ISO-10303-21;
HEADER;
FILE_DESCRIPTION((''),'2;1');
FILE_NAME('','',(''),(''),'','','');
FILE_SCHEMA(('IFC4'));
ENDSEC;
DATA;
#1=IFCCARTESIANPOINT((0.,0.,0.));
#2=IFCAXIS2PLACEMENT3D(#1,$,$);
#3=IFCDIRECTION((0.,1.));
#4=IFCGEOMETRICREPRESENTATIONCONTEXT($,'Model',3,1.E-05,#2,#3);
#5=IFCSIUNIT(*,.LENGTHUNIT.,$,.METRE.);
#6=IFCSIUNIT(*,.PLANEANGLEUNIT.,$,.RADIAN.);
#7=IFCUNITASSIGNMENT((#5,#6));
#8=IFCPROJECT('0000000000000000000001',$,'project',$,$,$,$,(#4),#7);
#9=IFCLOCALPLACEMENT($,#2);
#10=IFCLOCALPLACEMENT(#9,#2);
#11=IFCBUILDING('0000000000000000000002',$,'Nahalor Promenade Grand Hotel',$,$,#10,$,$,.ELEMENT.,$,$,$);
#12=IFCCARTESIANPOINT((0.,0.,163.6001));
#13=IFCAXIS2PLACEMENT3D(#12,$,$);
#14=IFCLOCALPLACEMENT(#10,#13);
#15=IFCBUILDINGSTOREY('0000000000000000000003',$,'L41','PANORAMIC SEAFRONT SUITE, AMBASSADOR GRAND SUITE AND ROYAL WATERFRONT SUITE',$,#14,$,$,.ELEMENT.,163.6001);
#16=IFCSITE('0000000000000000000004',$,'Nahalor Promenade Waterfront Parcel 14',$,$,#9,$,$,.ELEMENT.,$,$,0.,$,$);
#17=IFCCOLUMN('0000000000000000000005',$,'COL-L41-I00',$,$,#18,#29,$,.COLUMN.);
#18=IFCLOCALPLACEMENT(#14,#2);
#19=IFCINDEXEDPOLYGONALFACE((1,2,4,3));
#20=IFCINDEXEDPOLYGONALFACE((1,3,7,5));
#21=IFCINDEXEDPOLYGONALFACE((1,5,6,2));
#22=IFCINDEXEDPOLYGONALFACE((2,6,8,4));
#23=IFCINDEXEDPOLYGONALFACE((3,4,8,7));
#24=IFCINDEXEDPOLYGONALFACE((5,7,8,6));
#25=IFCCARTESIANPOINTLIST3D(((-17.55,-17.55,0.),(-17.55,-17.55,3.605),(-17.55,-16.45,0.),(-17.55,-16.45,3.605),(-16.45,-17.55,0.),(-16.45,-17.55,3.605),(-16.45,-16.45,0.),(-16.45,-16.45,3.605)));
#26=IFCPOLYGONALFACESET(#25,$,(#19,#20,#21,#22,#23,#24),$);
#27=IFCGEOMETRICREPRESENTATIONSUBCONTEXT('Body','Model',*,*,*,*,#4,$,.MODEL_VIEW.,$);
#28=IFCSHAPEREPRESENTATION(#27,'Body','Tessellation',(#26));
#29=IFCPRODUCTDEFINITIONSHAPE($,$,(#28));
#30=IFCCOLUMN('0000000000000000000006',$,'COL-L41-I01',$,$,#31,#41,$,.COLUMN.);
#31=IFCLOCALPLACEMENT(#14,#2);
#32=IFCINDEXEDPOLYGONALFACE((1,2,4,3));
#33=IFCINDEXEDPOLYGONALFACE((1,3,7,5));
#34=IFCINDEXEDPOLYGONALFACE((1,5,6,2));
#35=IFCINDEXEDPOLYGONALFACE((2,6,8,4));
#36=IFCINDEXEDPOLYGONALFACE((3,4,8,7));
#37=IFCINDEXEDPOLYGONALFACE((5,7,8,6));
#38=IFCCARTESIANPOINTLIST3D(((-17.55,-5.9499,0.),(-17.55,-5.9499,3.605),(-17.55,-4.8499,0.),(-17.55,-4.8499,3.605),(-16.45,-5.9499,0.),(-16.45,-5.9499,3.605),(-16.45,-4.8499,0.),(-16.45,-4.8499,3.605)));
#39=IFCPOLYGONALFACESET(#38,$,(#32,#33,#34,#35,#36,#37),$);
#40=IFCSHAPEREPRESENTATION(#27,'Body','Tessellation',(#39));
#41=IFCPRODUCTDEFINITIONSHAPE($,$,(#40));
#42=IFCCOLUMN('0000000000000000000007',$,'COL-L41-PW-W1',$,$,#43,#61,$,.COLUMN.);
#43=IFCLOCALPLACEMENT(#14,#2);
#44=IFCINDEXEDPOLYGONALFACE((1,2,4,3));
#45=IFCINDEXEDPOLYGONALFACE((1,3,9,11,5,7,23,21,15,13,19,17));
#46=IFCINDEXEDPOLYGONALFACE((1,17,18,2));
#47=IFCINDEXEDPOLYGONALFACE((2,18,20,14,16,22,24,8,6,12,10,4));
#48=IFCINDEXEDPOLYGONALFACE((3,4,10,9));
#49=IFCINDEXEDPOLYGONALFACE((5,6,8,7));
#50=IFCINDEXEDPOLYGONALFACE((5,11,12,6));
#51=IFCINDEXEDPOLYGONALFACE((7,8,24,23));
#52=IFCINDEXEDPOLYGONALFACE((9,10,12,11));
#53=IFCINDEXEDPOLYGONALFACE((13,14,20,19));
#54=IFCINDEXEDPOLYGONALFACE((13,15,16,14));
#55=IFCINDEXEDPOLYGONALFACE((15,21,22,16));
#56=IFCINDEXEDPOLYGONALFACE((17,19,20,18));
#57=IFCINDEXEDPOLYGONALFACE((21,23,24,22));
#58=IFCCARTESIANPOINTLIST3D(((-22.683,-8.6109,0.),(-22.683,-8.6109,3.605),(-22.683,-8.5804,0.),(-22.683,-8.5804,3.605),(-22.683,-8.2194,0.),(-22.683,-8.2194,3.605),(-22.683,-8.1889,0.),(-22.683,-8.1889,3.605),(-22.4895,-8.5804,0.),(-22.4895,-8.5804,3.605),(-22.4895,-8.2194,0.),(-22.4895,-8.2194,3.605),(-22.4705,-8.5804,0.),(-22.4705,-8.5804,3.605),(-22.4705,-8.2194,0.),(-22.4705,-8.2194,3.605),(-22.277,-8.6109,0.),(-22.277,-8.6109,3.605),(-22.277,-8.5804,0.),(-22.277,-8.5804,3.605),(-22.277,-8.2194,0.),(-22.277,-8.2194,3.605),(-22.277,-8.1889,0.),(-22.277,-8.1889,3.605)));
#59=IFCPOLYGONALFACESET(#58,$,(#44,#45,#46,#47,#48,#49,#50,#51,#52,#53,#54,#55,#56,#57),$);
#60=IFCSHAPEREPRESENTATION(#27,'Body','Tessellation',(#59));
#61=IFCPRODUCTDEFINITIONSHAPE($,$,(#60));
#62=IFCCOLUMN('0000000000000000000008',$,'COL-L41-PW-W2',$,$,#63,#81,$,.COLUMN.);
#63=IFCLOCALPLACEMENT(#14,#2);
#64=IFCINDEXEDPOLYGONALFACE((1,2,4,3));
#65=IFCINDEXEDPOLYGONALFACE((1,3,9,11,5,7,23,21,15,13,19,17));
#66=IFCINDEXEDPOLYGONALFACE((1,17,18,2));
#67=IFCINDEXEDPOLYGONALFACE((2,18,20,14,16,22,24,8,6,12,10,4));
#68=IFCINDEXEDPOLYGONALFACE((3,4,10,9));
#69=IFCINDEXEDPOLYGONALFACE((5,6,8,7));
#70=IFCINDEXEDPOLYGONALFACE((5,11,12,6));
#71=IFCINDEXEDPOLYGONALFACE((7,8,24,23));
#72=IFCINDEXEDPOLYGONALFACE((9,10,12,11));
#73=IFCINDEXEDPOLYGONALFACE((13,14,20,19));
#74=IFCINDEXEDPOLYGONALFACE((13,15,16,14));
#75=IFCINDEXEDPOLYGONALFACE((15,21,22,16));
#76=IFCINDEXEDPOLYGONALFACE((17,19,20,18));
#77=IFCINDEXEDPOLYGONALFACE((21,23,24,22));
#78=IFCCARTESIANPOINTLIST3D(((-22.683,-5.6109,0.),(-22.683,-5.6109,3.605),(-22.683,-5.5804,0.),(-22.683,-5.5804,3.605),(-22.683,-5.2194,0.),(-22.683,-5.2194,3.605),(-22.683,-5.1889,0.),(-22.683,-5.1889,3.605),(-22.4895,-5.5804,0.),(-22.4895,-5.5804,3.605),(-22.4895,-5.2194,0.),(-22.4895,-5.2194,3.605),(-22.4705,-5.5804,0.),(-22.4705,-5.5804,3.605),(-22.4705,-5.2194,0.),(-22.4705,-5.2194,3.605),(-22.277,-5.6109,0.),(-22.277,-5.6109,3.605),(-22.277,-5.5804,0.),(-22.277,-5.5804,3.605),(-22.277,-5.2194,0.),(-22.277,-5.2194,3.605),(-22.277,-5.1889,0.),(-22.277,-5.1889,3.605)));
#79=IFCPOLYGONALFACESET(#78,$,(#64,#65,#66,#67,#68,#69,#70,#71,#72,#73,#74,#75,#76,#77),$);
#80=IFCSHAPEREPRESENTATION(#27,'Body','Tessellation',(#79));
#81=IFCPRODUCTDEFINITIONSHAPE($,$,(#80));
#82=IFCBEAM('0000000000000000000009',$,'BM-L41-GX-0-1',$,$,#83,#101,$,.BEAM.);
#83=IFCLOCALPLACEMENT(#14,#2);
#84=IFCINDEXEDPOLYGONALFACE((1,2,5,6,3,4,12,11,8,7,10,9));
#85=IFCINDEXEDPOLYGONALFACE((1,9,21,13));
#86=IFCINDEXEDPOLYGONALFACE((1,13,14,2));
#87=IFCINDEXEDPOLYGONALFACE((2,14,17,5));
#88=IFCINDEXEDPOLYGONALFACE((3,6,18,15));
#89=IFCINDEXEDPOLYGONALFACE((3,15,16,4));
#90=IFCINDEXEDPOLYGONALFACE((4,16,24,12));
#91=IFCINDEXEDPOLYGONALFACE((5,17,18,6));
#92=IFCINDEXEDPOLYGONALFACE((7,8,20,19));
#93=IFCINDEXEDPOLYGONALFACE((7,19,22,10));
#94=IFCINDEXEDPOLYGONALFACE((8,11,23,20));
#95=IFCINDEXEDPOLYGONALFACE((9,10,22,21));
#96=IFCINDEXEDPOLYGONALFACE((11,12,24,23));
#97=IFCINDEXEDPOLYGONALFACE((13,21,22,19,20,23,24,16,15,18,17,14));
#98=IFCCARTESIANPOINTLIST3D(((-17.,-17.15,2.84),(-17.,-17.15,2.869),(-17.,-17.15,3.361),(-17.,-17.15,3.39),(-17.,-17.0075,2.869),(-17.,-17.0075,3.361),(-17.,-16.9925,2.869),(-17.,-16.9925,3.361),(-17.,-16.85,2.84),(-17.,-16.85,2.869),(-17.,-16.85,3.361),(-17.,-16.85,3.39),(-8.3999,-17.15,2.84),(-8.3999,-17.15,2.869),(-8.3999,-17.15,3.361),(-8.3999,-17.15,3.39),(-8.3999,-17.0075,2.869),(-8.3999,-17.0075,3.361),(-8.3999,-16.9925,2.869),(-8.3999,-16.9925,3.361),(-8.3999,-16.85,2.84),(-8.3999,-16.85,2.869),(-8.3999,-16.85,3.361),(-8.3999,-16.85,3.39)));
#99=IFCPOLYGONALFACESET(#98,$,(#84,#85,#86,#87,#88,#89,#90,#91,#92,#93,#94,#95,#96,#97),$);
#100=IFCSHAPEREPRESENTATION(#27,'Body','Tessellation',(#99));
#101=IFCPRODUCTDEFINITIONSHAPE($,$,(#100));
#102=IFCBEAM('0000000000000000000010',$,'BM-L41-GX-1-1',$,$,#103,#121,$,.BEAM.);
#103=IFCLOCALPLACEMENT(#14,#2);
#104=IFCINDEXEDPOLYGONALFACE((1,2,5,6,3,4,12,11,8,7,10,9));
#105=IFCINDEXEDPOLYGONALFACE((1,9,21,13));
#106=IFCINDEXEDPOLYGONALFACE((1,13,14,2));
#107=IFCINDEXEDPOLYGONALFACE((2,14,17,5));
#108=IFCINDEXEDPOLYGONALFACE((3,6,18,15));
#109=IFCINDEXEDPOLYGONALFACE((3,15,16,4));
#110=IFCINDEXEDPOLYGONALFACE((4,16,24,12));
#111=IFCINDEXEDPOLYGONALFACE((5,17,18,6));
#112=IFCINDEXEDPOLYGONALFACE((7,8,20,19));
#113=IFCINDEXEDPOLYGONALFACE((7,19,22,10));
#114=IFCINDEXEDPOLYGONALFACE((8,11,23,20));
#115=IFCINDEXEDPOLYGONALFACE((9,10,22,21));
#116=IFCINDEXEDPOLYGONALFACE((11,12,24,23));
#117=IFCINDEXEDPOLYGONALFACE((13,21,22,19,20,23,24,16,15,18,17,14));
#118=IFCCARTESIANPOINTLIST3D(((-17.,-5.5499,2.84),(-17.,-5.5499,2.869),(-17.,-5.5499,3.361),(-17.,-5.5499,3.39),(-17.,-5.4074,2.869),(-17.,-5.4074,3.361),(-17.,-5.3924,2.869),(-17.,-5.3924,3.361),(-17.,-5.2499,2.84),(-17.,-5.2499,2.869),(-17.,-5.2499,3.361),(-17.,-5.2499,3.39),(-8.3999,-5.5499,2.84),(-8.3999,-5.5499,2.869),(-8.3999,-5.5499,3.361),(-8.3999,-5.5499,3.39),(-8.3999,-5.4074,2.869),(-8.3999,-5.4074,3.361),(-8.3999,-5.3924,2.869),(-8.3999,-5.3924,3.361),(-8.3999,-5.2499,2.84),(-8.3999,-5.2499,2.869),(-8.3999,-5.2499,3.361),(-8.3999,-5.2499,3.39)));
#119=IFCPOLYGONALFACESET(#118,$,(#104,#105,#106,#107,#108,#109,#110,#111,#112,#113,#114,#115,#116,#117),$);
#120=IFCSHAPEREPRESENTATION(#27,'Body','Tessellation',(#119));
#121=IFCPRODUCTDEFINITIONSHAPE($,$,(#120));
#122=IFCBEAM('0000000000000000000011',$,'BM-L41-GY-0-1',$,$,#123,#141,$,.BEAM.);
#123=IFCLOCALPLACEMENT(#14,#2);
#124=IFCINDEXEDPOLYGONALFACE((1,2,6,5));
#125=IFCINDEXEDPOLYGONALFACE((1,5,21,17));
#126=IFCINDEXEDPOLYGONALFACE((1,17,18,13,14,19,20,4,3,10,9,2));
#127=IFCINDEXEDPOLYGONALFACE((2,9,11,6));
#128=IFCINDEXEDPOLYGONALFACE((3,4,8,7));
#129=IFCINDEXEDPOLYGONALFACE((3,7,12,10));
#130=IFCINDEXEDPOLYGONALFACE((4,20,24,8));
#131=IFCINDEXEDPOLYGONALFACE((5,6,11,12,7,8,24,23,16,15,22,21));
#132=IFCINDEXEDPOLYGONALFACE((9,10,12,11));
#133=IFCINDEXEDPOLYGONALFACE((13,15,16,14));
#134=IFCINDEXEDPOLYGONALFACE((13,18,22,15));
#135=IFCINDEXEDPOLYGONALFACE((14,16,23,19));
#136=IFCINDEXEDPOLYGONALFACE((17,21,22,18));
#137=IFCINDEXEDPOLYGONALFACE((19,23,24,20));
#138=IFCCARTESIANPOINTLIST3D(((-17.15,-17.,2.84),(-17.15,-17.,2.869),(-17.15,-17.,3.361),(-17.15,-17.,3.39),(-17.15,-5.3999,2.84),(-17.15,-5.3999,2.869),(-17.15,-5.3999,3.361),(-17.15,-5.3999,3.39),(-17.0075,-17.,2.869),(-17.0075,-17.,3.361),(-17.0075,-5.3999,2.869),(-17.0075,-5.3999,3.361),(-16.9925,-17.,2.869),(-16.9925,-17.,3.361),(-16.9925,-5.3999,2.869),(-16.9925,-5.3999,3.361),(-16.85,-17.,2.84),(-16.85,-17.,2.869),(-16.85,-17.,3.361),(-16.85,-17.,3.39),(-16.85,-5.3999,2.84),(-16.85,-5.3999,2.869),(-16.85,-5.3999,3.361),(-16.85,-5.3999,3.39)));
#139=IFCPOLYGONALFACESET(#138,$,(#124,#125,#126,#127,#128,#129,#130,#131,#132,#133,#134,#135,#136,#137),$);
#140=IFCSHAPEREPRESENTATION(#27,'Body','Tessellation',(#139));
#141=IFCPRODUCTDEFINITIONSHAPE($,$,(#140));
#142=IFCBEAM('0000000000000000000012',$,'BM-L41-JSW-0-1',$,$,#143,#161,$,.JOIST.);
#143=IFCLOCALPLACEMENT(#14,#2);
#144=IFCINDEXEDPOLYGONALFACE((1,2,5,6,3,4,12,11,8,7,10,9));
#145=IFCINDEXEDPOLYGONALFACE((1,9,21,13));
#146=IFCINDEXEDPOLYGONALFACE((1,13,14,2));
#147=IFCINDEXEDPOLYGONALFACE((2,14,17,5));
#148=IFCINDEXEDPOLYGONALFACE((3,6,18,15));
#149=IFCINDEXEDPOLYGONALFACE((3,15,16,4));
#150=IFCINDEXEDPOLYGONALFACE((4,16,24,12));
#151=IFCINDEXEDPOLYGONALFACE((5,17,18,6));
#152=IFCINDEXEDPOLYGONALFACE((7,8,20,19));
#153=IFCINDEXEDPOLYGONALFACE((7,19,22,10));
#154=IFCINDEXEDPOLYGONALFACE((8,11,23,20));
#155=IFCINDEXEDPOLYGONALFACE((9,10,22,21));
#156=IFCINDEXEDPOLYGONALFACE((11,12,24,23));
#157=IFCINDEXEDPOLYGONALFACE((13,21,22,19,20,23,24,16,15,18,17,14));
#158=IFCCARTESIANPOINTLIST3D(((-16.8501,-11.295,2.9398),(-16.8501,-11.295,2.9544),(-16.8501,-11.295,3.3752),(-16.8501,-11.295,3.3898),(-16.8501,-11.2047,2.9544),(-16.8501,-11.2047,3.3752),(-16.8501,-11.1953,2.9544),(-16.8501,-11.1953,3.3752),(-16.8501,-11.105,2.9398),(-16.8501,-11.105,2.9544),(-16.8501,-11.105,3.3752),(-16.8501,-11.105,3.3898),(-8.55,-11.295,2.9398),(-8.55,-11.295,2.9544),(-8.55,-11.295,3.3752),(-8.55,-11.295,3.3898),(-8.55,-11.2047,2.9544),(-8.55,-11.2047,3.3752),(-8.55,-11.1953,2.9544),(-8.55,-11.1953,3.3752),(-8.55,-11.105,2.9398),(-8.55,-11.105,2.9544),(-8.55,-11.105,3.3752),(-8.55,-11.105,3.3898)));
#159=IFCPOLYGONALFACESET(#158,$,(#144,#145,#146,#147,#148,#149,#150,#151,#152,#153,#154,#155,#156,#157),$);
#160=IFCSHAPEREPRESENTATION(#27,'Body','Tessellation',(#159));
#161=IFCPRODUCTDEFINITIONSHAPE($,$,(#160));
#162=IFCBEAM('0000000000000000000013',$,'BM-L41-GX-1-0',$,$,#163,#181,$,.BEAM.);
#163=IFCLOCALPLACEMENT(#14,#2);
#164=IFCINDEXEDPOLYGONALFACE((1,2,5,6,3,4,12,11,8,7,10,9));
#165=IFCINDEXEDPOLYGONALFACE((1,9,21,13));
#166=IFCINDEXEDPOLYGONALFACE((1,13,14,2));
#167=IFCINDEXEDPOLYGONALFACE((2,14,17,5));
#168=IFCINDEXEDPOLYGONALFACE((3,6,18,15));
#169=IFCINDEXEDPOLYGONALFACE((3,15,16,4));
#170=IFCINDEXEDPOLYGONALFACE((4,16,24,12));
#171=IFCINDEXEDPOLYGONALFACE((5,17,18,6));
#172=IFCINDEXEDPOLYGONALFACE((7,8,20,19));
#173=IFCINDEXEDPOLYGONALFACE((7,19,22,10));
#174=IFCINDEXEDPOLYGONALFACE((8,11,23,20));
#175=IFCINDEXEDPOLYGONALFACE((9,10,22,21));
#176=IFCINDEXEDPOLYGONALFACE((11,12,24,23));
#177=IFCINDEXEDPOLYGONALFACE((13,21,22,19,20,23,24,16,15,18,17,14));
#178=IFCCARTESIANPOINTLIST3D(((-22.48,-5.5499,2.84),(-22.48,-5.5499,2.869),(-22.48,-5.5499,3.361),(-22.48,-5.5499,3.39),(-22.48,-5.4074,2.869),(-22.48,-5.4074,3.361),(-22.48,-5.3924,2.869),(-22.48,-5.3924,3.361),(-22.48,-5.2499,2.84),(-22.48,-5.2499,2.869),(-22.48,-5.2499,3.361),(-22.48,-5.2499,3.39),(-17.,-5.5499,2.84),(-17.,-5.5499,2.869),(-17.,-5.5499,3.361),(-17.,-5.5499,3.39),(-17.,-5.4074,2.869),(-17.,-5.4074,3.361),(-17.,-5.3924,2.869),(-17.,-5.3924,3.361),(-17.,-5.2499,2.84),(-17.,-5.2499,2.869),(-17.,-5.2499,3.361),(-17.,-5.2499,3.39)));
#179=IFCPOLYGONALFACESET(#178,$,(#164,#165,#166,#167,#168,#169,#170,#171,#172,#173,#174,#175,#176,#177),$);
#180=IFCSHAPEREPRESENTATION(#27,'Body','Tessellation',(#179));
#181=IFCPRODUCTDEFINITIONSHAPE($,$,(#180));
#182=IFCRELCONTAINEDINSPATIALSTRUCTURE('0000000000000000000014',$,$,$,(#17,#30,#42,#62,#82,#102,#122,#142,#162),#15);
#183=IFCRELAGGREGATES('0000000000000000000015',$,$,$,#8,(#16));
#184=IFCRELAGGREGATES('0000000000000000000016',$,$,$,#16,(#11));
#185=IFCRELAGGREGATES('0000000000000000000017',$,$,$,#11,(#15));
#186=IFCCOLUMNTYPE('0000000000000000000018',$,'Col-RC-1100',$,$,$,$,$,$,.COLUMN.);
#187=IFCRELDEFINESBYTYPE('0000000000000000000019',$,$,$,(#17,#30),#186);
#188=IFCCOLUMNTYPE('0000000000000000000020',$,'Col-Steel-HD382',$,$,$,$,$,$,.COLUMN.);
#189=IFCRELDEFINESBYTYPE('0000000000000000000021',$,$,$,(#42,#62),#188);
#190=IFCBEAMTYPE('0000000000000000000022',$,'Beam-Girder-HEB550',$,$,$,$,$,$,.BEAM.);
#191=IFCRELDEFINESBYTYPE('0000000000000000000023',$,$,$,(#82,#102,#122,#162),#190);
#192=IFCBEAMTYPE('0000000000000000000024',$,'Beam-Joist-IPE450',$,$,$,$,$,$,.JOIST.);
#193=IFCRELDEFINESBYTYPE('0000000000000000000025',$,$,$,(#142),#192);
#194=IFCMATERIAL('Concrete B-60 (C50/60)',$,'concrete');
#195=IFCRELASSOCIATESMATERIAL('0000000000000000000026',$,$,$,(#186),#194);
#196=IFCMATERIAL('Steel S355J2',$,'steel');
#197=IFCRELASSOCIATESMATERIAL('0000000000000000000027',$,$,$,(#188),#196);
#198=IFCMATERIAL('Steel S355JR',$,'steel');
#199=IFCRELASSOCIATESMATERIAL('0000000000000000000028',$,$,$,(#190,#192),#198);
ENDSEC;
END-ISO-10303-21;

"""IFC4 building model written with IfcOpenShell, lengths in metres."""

from ifc_helpers import new_model, si_unit, direction, frame, origin, origin_2d, place, context, subcontext, project, spatial, rectangle, i_section, extrude, source, transform, mapped, material, material_profile, profile_set, type_object, element, save


model = new_model("IFC4")

# Units and contexts
model_context = context("Model", 3, precision=1e-05, world=origin(), true_north=direction((0.0, 1.0)))
body_context = subcontext(model_context, "Body", "Model", "MODEL_VIEW")
ifc_project = project(units=[si_unit("LENGTHUNIT", "METRE"), si_unit("PLANEANGLEUNIT", "RADIAN")], contexts=[model_context])

# Site, building, storey
site_placement = place(None, origin())
site = spatial("IfcSite", under=ifc_project, at=site_placement, Name="Nahalor Promenade Waterfront Parcel 14", CompositionType="ELEMENT", RefElevation=0.0)
building_placement = place(site_placement, origin())
building = spatial("IfcBuilding", under=site, at=building_placement, Name="Nahalor Promenade Grand Hotel", CompositionType="ELEMENT")
storey_placement = place(building_placement, frame((0.0, 0.0, 163.6001)))
storey = spatial("IfcBuildingStorey", under=building, at=storey_placement, Name="L41", Description="PANORAMIC SEAFRONT SUITE, AMBASSADOR GRAND SUITE AND ROYAL WATERFRONT SUITE", CompositionType="ELEMENT", Elevation=163.6001)

# Columns
ifc_material_1 = material(Name="Concrete B-60 (C50/60)", Category="concrete")
ifc_material_profile_1 = material_profile(ifc_material_1, rectangle(XDim=1.1, YDim=1.1, at=origin_2d()), Name="RC 1100x1100")
ifc_profile_set_1 = profile_set([ifc_material_profile_1], Name="Concrete B-60 (C50/60)")
column_type_1 = type_object("IfcColumnType", Name="Col-RC-1100", PredefinedType="COLUMN", material=ifc_profile_set_1)
shared_shape_1 = source(origin(), body_context, "Body", "SweptSolid", [
    extrude(rectangle(XDim=1.1, YDim=1.1, at=origin_2d()), origin(), (0.0, 0.0, 1.0), 3.605),
])
for number, where, z_axis, x_axis, name in (
    (1, (-17.0, -17.0, 0.0), (0.0, 0.0, 1.0), (1.0, 0.0, 0.0), "COL-L41-I00"),
    (2, (-17.0, -5.3999, 0.0), (0.0, 0.0, 1.0), (1.0, 0.0, 0.0), "COL-L41-I01"),
):
    element("IfcColumn", number, at=place(storey_placement, frame(where, z_axis=z_axis, x_axis=x_axis)), inside=storey, type_object=column_type_1, Name=name, PredefinedType="COLUMN", context=body_context, shape_type="MappedRepresentation", body=[
        mapped(shared_shape_1, transform((0.0, 0.0, 0.0), scale=1.0)),
    ])
ifc_material_2 = material(Name="Steel S355J2", Category="steel")
ifc_material_profile_2 = material_profile(ifc_material_2, i_section(OverallWidth=0.406, OverallDepth=0.422, WebThickness=0.019, FlangeThickness=0.0305, at=origin_2d()), Name="HD 400x382")
ifc_profile_set_2 = profile_set([ifc_material_profile_2], Name="Steel S355J2")
column_type_2 = type_object("IfcColumnType", Name="Col-Steel-HD382", PredefinedType="COLUMN", material=ifc_profile_set_2)
shared_shape_2 = source(origin(), body_context, "Body", "SweptSolid", [
    extrude(i_section(OverallWidth=0.406, OverallDepth=0.422, WebThickness=0.019, FlangeThickness=0.0305, at=origin_2d()), origin(), (0.0, 0.0, 1.0), 3.605),
])
for number, where, z_axis, x_axis, name in (
    (3, (-22.48, -8.3999, 0.0), (0.0, 0.0, 1.0), (1.0, 0.0, 0.0), "COL-L41-PW-W1"),
    (4, (-22.48, -5.3999, 0.0), (0.0, 0.0, 1.0), (1.0, 0.0, 0.0), "COL-L41-PW-W2"),
):
    element("IfcColumn", number, at=place(storey_placement, frame(where, z_axis=z_axis, x_axis=x_axis)), inside=storey, type_object=column_type_2, Name=name, PredefinedType="COLUMN", context=body_context, shape_type="MappedRepresentation", body=[
        mapped(shared_shape_2, transform((0.0, 0.0, 0.0), scale=1.0)),
    ])

# Beams
ifc_material_3 = material(Name="Steel S355JR", Category="steel")
ifc_material_profile_3 = material_profile(ifc_material_3, i_section(OverallWidth=0.3, OverallDepth=0.55, WebThickness=0.015, FlangeThickness=0.029, at=origin_2d()), Name="HEB 550")
ifc_profile_set_3 = profile_set([ifc_material_profile_3], Name="Steel S355JR")
beam_type_1 = type_object("IfcBeamType", Name="Beam-Girder-HEB550", PredefinedType="BEAM", material=ifc_profile_set_3)
shared_shape_3 = source(origin(), body_context, "Body", "SweptSolid", [
    extrude(i_section(OverallWidth=0.3, OverallDepth=0.55, WebThickness=0.015, FlangeThickness=0.029, at=origin_2d()), origin(), (0.0, 0.0, 1.0), 8.6001),
])
for number, where, z_axis, x_axis, name in (
    (5, (-17.0, -17.0, 3.115), (1.0, 0.0, 0.0), (0.0, 1.0, 0.0), "BM-L41-GX-0-1"),
    (6, (-17.0, -5.3999, 3.115), (1.0, 0.0, 0.0), (0.0, 1.0, 0.0), "BM-L41-GX-1-1"),
):
    element("IfcBeam", number, at=place(storey_placement, frame(where, z_axis=z_axis, x_axis=x_axis)), inside=storey, type_object=beam_type_1, Name=name, PredefinedType="BEAM", context=body_context, shape_type="MappedRepresentation", body=[
        mapped(shared_shape_3, transform((0.0, 0.0, 0.0), scale=1.0)),
    ])
shared_shape_4 = source(origin(), body_context, "Body", "SweptSolid", [
    extrude(i_section(OverallWidth=0.3, OverallDepth=0.55, WebThickness=0.015, FlangeThickness=0.029, at=origin_2d()), origin(), (0.0, 0.0, 1.0), 11.6001),
])
beam_1_placement = place(storey_placement, frame((-17.0, -17.0, 3.115), z_axis=(0.0, 1.0, 0.0), x_axis=(-1.0, 0.0, 0.0)))
element("IfcBeam", 7, at=beam_1_placement, inside=storey, type_object=beam_type_1, Name="BM-L41-GY-0-1", PredefinedType="BEAM", context=body_context, shape_type="MappedRepresentation", body=[
    mapped(shared_shape_4, transform((0.0, 0.0, 0.0), scale=1.0)),
])
ifc_material_profile_4 = material_profile(ifc_material_3, i_section(OverallWidth=0.19, OverallDepth=0.45, WebThickness=0.0094, FlangeThickness=0.0146, at=origin_2d()), Name="IPE 450")
ifc_profile_set_4 = profile_set([ifc_material_profile_4], Name="Steel S355JR")
beam_type_2 = type_object("IfcBeamType", Name="Beam-Joist-IPE450", PredefinedType="JOIST", material=ifc_profile_set_4)
shared_shape_5 = source(origin(), body_context, "Body", "SweptSolid", [
    extrude(i_section(OverallWidth=0.19, OverallDepth=0.45, WebThickness=0.0094, FlangeThickness=0.0146, at=origin_2d()), origin(), (0.0, 0.0, 1.0), 8.3),
])
beam_2_placement = place(storey_placement, frame((-16.8501, -11.2, 3.1648), z_axis=(1.0, 0.0, 0.0), x_axis=(0.0, 1.0, 0.0)))
element("IfcBeam", 8, at=beam_2_placement, inside=storey, type_object=beam_type_2, Name="BM-L41-JSW-0-1", PredefinedType="JOIST", context=body_context, shape_type="MappedRepresentation", body=[
    mapped(shared_shape_5, transform((0.0, 0.0, 0.0), scale=1.0)),
])
shared_shape_6 = source(origin(), body_context, "Body", "SweptSolid", [
    extrude(i_section(OverallWidth=0.3, OverallDepth=0.55, WebThickness=0.015, FlangeThickness=0.029, at=origin_2d()), origin(), (0.0, 0.0, 1.0), 5.48),
])
beam_3_placement = place(storey_placement, frame((-22.48, -5.3999, 3.115), z_axis=(1.0, 0.0, 0.0), x_axis=(0.0, 1.0, 0.0)))
element("IfcBeam", 9, at=beam_3_placement, inside=storey, type_object=beam_type_1, Name="BM-L41-GX-1-0", PredefinedType="BEAM", context=body_context, shape_type="MappedRepresentation", body=[
    mapped(shared_shape_6, transform((0.0, 0.0, 0.0), scale=1.0)),
])

save(model, "model.ifc")
